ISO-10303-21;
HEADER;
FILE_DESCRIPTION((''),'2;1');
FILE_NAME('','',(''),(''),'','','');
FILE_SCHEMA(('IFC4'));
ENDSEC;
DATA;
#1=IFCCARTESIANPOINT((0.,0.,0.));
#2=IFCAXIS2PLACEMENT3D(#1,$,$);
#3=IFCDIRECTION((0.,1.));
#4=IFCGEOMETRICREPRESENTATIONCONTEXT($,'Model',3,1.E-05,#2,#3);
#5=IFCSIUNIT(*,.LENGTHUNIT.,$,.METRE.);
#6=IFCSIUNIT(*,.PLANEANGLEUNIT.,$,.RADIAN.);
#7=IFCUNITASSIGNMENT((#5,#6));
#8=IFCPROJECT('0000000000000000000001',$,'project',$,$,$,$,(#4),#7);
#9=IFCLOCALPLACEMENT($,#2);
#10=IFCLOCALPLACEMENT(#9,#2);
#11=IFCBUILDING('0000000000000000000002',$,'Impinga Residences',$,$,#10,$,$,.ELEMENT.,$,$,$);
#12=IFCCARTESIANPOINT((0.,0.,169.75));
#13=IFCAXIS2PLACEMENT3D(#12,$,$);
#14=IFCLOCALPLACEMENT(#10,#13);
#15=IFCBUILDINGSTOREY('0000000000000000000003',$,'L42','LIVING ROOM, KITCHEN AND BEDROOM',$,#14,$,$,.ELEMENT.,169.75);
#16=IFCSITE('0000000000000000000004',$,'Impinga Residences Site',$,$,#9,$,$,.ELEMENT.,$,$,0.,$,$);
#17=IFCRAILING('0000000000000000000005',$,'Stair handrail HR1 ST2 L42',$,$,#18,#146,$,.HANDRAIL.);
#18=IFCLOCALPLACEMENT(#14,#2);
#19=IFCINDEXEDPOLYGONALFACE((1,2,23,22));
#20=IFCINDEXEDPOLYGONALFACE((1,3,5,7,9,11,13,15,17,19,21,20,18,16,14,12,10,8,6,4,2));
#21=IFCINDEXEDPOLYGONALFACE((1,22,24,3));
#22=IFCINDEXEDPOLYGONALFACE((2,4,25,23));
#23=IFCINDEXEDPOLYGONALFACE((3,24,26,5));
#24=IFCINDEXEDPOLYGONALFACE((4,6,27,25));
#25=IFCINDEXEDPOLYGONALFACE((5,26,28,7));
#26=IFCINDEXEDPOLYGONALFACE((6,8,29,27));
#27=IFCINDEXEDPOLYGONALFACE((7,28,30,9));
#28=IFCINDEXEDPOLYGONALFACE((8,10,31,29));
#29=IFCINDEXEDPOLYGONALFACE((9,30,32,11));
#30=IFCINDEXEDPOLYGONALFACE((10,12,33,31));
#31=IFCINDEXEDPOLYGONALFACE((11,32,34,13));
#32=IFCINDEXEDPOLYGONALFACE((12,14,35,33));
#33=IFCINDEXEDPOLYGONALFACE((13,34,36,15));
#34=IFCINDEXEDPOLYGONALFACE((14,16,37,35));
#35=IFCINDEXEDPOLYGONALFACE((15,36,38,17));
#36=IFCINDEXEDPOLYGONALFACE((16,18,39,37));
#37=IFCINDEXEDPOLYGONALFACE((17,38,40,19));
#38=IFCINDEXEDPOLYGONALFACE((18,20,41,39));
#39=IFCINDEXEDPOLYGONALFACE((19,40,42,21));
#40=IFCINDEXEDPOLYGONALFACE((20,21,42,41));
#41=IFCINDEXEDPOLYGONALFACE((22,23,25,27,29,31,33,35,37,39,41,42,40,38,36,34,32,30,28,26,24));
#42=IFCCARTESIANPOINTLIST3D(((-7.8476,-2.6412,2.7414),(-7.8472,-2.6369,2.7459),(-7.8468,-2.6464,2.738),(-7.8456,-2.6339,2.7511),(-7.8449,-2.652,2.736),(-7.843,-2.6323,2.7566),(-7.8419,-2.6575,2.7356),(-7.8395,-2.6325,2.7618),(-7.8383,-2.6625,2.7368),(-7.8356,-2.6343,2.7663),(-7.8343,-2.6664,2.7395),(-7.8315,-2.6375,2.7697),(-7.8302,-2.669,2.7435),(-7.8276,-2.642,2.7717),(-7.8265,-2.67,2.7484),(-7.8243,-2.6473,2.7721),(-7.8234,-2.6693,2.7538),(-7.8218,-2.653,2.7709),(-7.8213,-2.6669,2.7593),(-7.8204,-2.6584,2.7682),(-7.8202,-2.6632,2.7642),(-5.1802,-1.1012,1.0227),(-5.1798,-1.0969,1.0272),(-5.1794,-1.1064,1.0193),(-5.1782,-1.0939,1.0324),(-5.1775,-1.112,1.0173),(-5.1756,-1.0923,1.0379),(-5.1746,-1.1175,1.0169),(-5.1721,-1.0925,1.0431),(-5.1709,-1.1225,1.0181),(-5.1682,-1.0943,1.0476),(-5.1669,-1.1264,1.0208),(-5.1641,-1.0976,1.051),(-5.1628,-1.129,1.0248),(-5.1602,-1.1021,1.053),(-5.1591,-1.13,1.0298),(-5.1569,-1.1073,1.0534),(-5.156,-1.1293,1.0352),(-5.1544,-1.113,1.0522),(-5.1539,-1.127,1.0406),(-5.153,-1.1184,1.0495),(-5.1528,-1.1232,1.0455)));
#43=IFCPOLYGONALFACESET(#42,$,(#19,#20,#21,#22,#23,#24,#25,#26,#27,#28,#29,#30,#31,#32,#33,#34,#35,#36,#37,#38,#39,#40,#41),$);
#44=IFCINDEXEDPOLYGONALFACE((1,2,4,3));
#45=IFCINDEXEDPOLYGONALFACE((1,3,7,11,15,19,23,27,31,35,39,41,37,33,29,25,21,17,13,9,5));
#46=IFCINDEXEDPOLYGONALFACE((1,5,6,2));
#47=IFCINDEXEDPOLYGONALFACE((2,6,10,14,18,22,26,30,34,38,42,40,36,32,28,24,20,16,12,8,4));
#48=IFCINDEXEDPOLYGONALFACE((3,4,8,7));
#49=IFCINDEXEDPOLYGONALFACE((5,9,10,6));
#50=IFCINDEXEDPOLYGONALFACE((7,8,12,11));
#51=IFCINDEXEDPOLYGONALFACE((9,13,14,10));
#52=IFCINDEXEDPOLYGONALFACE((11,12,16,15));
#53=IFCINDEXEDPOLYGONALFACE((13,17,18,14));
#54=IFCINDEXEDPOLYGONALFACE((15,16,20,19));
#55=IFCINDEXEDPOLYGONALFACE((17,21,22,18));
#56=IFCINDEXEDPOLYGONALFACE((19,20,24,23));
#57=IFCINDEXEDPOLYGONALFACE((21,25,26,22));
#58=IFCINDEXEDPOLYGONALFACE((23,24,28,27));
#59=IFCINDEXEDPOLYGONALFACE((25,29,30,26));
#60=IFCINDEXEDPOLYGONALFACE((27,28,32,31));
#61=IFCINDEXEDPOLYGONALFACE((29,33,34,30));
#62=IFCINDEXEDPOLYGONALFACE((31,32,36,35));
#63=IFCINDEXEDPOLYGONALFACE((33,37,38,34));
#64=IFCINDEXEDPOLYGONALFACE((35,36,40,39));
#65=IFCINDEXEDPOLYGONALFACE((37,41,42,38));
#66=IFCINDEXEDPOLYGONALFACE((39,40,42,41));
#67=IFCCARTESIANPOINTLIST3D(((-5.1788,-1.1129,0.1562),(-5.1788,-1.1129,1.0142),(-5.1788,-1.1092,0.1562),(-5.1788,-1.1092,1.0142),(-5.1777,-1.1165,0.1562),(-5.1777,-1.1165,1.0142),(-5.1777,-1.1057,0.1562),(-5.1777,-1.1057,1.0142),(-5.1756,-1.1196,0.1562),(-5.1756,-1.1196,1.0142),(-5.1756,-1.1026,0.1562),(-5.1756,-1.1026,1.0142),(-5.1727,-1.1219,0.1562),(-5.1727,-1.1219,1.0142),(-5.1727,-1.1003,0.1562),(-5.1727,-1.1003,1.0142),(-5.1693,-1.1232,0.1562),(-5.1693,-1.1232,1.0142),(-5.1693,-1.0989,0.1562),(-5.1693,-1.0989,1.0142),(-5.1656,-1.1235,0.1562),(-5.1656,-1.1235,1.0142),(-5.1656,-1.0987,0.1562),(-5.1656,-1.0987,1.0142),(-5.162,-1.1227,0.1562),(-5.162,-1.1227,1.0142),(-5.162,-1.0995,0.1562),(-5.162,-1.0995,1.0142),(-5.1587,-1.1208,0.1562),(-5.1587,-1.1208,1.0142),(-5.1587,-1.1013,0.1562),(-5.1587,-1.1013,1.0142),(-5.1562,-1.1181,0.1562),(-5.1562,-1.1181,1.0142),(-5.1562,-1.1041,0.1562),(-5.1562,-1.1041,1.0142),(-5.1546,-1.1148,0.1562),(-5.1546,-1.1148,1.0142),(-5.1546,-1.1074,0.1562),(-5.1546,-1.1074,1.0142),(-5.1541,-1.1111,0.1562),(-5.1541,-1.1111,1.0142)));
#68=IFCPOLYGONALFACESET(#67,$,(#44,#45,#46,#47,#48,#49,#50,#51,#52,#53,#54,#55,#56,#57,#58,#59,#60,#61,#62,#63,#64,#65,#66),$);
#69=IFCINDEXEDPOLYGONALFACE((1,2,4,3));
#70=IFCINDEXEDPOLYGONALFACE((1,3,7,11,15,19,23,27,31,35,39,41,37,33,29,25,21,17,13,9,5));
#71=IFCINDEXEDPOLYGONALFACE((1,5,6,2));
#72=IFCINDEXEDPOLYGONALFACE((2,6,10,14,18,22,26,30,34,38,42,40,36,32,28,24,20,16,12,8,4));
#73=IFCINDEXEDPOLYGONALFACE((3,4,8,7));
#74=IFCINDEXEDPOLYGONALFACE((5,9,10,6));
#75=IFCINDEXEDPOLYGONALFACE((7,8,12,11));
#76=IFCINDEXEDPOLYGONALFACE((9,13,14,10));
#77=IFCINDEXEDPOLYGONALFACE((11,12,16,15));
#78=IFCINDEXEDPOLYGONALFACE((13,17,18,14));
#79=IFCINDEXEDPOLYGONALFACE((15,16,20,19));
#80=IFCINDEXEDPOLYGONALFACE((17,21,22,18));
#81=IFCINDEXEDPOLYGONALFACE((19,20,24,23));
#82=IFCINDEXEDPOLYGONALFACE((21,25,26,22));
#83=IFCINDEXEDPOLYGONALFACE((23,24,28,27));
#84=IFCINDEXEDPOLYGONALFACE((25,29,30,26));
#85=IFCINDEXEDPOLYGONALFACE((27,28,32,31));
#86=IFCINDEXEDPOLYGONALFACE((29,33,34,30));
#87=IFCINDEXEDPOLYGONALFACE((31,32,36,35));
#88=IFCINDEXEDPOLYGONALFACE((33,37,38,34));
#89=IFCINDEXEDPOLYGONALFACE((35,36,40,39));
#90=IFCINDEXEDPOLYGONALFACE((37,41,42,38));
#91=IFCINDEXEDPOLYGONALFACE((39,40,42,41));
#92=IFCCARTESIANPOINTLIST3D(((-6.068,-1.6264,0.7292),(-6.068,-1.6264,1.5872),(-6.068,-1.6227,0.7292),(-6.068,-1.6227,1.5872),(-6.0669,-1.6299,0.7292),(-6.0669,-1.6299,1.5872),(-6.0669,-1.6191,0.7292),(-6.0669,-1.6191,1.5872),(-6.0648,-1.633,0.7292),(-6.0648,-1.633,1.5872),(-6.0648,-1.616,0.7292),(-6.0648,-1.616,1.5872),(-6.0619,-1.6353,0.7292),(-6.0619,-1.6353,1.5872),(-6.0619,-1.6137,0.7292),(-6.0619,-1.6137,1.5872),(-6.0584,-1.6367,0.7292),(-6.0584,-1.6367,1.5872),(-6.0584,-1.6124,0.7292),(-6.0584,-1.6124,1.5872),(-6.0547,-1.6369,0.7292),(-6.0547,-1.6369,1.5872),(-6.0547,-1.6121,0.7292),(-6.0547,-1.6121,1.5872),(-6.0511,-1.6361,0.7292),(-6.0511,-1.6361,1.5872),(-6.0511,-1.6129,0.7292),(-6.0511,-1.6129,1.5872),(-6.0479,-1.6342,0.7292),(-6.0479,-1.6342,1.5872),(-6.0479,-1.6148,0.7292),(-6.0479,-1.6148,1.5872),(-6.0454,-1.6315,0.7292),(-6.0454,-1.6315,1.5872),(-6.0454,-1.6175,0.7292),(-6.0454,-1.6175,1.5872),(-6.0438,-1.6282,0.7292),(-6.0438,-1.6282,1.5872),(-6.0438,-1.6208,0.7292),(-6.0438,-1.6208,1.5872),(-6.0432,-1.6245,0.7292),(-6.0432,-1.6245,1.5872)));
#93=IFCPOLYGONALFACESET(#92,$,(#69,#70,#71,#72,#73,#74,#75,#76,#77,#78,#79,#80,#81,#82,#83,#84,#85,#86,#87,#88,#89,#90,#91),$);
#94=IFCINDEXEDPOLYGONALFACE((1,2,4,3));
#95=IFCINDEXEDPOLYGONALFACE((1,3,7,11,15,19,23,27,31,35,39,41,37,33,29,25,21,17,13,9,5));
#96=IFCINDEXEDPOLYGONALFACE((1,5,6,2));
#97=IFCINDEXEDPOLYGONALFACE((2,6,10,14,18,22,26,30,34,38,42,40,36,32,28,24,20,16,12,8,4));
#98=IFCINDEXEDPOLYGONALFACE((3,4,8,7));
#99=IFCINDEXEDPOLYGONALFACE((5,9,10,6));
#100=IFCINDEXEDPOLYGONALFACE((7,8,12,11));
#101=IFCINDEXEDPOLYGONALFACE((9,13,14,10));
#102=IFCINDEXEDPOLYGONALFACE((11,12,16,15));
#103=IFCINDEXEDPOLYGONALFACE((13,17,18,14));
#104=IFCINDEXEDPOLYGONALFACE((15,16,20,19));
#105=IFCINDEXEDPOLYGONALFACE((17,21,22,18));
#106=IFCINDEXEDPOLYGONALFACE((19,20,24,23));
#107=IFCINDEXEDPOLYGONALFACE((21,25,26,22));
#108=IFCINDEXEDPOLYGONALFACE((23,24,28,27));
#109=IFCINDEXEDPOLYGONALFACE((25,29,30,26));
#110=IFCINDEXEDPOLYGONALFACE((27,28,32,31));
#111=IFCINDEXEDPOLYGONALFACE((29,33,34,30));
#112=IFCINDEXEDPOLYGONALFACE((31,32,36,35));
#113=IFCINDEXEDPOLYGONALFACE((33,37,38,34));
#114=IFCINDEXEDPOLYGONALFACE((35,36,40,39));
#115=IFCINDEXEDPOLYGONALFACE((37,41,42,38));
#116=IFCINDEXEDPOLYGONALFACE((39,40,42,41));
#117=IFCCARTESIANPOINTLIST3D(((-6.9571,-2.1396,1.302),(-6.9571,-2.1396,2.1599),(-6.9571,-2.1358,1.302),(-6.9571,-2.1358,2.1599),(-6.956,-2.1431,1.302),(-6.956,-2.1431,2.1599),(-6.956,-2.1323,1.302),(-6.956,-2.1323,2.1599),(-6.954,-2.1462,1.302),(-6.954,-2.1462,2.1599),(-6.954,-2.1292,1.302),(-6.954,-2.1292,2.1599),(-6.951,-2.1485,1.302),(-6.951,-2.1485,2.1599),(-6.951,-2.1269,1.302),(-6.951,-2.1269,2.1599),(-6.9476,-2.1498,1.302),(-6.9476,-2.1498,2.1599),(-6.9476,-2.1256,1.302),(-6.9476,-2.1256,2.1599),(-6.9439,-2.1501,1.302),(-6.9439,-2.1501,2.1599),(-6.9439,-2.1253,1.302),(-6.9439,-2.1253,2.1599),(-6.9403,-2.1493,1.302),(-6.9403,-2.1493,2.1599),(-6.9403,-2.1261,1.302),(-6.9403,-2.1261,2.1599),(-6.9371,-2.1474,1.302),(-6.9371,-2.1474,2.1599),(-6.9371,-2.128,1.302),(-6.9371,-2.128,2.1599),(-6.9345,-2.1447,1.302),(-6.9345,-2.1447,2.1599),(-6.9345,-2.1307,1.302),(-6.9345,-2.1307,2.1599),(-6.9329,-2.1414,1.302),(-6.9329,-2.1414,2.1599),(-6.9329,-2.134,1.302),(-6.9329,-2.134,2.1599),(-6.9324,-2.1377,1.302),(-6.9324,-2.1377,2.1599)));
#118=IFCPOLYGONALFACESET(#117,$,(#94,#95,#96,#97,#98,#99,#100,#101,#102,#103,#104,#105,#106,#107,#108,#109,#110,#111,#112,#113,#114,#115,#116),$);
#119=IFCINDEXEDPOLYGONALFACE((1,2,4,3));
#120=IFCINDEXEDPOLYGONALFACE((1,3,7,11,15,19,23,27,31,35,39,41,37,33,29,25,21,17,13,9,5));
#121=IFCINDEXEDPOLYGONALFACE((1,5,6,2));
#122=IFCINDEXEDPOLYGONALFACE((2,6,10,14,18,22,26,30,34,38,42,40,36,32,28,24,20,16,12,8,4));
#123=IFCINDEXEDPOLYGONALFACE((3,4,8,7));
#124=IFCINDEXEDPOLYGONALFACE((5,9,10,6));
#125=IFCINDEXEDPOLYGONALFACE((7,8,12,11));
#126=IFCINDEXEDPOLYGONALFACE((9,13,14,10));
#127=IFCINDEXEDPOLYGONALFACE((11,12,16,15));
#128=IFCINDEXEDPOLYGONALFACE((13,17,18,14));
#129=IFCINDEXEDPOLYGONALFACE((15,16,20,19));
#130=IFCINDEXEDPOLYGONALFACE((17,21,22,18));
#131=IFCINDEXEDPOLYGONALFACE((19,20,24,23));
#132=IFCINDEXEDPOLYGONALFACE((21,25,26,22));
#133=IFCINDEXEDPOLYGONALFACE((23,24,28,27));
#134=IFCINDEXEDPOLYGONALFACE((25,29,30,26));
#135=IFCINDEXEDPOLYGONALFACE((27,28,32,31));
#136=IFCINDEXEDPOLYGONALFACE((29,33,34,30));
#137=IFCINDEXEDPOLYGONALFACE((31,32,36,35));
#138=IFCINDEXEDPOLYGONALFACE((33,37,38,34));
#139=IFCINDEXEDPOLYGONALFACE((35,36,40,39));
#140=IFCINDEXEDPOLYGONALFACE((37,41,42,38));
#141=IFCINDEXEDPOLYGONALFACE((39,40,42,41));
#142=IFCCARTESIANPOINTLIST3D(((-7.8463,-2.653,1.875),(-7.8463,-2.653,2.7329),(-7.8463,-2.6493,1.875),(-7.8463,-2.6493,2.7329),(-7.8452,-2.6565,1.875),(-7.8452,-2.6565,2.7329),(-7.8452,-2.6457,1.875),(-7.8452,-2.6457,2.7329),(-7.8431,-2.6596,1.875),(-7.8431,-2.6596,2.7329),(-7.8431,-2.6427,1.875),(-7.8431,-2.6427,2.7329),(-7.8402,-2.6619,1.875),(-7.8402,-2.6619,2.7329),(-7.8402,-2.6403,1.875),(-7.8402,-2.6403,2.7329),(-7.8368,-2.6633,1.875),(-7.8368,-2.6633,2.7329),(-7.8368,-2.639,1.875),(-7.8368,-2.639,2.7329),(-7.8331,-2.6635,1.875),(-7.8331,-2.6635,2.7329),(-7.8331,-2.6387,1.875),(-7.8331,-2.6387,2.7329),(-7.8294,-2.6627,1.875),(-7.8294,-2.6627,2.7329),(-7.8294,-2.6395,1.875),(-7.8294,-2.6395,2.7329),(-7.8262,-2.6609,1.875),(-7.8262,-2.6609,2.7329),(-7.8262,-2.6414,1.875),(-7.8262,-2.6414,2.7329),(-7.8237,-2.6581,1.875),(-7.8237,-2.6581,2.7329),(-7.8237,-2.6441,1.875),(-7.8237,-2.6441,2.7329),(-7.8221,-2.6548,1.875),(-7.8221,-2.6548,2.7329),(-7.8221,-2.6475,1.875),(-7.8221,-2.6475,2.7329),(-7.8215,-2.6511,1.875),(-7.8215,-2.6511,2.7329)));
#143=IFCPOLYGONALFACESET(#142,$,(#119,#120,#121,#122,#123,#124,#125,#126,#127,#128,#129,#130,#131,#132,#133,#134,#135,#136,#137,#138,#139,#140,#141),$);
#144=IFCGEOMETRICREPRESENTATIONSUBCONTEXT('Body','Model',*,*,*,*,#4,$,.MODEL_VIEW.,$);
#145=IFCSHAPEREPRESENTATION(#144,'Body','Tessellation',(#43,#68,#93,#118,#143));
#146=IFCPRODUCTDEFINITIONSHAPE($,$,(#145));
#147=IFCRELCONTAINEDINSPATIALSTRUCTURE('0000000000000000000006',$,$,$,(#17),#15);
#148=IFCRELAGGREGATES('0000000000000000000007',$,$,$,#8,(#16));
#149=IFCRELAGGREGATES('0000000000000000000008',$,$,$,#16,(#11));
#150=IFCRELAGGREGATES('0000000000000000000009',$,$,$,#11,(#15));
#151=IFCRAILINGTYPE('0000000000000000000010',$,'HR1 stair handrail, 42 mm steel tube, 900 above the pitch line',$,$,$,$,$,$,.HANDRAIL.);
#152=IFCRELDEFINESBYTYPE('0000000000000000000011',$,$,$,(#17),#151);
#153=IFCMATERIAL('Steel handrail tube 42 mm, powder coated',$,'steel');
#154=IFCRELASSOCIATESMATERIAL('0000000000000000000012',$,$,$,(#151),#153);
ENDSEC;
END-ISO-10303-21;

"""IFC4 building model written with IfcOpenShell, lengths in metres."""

from ifc_helpers import new_model, si_unit, direction, frame, origin, origin_2d, place, context, subcontext, project, spatial, circle, extrude, material, type_object, element, save


model = new_model("IFC4")

# Units and contexts
model_context = context("Model", 3, precision=1e-05, world=origin(), true_north=direction((0.0, 1.0)))
body_context = subcontext(model_context, "Body", "Model", "MODEL_VIEW")
ifc_project = project(units=[si_unit("LENGTHUNIT", "METRE"), si_unit("PLANEANGLEUNIT", "RADIAN")], contexts=[model_context])

# Site, building, storey
site_placement = place(None, origin())
site = spatial("IfcSite", under=ifc_project, at=site_placement, Name="Impinga Residences Site", CompositionType="ELEMENT", RefElevation=0.0)
building_placement = place(site_placement, origin())
building = spatial("IfcBuilding", under=site, at=building_placement, Name="Impinga Residences", CompositionType="ELEMENT")
storey_placement = place(building_placement, frame((0.0, 0.0, 169.75)))
storey = spatial("IfcBuildingStorey", under=building, at=storey_placement, Name="L42", Description="LIVING ROOM, KITCHEN AND BEDROOM", CompositionType="ELEMENT", Elevation=169.75)

# Railing
ifc_material_1 = material(Name="Steel handrail tube 42 mm, powder coated", Category="steel")
railing_type = type_object("IfcRailingType", Name="HR1 stair handrail, 42 mm steel tube, 900 above the pitch line", PredefinedType="HANDRAIL", material=ifc_material_1)
railing_placement = place(storey_placement, frame((-5.1665, -1.1111, 0.1562)))
element("IfcRailing", 1, at=railing_placement, inside=storey, type_object=railing_type, Name="Stair handrail HR1 ST2 L42", PredefinedType="HANDRAIL", context=body_context, shape_type="SweptSolid", body=[
    extrude(circle(Radius=0.021, at=origin_2d()), frame((0.0, 0.0, 0.8789), z_axis=(-0.756256, -0.436616, 0.487282), x_axis=(0.499992, -0.86603, 0.0)), (0.0, 0.0, 1.0), 3.5271),
    extrude(circle(Radius=0.0125, at=origin_2d()), origin(), (0.0, 0.0, 1.0), 0.8579),
    extrude(circle(Radius=0.0125, at=origin_2d()), frame((-0.8892, -0.5134, 0.573)), (0.0, 0.0, 1.0), 0.8579),
    extrude(circle(Radius=0.0125, at=origin_2d()), frame((-1.7783, -1.0266, 1.1458)), (0.0, 0.0, 1.0), 0.8579),
    extrude(circle(Radius=0.0125, at=origin_2d()), frame((-2.6675, -1.54, 1.7188)), (0.0, 0.0, 1.0), 0.8579),
])

save(model, "model.ifc")
